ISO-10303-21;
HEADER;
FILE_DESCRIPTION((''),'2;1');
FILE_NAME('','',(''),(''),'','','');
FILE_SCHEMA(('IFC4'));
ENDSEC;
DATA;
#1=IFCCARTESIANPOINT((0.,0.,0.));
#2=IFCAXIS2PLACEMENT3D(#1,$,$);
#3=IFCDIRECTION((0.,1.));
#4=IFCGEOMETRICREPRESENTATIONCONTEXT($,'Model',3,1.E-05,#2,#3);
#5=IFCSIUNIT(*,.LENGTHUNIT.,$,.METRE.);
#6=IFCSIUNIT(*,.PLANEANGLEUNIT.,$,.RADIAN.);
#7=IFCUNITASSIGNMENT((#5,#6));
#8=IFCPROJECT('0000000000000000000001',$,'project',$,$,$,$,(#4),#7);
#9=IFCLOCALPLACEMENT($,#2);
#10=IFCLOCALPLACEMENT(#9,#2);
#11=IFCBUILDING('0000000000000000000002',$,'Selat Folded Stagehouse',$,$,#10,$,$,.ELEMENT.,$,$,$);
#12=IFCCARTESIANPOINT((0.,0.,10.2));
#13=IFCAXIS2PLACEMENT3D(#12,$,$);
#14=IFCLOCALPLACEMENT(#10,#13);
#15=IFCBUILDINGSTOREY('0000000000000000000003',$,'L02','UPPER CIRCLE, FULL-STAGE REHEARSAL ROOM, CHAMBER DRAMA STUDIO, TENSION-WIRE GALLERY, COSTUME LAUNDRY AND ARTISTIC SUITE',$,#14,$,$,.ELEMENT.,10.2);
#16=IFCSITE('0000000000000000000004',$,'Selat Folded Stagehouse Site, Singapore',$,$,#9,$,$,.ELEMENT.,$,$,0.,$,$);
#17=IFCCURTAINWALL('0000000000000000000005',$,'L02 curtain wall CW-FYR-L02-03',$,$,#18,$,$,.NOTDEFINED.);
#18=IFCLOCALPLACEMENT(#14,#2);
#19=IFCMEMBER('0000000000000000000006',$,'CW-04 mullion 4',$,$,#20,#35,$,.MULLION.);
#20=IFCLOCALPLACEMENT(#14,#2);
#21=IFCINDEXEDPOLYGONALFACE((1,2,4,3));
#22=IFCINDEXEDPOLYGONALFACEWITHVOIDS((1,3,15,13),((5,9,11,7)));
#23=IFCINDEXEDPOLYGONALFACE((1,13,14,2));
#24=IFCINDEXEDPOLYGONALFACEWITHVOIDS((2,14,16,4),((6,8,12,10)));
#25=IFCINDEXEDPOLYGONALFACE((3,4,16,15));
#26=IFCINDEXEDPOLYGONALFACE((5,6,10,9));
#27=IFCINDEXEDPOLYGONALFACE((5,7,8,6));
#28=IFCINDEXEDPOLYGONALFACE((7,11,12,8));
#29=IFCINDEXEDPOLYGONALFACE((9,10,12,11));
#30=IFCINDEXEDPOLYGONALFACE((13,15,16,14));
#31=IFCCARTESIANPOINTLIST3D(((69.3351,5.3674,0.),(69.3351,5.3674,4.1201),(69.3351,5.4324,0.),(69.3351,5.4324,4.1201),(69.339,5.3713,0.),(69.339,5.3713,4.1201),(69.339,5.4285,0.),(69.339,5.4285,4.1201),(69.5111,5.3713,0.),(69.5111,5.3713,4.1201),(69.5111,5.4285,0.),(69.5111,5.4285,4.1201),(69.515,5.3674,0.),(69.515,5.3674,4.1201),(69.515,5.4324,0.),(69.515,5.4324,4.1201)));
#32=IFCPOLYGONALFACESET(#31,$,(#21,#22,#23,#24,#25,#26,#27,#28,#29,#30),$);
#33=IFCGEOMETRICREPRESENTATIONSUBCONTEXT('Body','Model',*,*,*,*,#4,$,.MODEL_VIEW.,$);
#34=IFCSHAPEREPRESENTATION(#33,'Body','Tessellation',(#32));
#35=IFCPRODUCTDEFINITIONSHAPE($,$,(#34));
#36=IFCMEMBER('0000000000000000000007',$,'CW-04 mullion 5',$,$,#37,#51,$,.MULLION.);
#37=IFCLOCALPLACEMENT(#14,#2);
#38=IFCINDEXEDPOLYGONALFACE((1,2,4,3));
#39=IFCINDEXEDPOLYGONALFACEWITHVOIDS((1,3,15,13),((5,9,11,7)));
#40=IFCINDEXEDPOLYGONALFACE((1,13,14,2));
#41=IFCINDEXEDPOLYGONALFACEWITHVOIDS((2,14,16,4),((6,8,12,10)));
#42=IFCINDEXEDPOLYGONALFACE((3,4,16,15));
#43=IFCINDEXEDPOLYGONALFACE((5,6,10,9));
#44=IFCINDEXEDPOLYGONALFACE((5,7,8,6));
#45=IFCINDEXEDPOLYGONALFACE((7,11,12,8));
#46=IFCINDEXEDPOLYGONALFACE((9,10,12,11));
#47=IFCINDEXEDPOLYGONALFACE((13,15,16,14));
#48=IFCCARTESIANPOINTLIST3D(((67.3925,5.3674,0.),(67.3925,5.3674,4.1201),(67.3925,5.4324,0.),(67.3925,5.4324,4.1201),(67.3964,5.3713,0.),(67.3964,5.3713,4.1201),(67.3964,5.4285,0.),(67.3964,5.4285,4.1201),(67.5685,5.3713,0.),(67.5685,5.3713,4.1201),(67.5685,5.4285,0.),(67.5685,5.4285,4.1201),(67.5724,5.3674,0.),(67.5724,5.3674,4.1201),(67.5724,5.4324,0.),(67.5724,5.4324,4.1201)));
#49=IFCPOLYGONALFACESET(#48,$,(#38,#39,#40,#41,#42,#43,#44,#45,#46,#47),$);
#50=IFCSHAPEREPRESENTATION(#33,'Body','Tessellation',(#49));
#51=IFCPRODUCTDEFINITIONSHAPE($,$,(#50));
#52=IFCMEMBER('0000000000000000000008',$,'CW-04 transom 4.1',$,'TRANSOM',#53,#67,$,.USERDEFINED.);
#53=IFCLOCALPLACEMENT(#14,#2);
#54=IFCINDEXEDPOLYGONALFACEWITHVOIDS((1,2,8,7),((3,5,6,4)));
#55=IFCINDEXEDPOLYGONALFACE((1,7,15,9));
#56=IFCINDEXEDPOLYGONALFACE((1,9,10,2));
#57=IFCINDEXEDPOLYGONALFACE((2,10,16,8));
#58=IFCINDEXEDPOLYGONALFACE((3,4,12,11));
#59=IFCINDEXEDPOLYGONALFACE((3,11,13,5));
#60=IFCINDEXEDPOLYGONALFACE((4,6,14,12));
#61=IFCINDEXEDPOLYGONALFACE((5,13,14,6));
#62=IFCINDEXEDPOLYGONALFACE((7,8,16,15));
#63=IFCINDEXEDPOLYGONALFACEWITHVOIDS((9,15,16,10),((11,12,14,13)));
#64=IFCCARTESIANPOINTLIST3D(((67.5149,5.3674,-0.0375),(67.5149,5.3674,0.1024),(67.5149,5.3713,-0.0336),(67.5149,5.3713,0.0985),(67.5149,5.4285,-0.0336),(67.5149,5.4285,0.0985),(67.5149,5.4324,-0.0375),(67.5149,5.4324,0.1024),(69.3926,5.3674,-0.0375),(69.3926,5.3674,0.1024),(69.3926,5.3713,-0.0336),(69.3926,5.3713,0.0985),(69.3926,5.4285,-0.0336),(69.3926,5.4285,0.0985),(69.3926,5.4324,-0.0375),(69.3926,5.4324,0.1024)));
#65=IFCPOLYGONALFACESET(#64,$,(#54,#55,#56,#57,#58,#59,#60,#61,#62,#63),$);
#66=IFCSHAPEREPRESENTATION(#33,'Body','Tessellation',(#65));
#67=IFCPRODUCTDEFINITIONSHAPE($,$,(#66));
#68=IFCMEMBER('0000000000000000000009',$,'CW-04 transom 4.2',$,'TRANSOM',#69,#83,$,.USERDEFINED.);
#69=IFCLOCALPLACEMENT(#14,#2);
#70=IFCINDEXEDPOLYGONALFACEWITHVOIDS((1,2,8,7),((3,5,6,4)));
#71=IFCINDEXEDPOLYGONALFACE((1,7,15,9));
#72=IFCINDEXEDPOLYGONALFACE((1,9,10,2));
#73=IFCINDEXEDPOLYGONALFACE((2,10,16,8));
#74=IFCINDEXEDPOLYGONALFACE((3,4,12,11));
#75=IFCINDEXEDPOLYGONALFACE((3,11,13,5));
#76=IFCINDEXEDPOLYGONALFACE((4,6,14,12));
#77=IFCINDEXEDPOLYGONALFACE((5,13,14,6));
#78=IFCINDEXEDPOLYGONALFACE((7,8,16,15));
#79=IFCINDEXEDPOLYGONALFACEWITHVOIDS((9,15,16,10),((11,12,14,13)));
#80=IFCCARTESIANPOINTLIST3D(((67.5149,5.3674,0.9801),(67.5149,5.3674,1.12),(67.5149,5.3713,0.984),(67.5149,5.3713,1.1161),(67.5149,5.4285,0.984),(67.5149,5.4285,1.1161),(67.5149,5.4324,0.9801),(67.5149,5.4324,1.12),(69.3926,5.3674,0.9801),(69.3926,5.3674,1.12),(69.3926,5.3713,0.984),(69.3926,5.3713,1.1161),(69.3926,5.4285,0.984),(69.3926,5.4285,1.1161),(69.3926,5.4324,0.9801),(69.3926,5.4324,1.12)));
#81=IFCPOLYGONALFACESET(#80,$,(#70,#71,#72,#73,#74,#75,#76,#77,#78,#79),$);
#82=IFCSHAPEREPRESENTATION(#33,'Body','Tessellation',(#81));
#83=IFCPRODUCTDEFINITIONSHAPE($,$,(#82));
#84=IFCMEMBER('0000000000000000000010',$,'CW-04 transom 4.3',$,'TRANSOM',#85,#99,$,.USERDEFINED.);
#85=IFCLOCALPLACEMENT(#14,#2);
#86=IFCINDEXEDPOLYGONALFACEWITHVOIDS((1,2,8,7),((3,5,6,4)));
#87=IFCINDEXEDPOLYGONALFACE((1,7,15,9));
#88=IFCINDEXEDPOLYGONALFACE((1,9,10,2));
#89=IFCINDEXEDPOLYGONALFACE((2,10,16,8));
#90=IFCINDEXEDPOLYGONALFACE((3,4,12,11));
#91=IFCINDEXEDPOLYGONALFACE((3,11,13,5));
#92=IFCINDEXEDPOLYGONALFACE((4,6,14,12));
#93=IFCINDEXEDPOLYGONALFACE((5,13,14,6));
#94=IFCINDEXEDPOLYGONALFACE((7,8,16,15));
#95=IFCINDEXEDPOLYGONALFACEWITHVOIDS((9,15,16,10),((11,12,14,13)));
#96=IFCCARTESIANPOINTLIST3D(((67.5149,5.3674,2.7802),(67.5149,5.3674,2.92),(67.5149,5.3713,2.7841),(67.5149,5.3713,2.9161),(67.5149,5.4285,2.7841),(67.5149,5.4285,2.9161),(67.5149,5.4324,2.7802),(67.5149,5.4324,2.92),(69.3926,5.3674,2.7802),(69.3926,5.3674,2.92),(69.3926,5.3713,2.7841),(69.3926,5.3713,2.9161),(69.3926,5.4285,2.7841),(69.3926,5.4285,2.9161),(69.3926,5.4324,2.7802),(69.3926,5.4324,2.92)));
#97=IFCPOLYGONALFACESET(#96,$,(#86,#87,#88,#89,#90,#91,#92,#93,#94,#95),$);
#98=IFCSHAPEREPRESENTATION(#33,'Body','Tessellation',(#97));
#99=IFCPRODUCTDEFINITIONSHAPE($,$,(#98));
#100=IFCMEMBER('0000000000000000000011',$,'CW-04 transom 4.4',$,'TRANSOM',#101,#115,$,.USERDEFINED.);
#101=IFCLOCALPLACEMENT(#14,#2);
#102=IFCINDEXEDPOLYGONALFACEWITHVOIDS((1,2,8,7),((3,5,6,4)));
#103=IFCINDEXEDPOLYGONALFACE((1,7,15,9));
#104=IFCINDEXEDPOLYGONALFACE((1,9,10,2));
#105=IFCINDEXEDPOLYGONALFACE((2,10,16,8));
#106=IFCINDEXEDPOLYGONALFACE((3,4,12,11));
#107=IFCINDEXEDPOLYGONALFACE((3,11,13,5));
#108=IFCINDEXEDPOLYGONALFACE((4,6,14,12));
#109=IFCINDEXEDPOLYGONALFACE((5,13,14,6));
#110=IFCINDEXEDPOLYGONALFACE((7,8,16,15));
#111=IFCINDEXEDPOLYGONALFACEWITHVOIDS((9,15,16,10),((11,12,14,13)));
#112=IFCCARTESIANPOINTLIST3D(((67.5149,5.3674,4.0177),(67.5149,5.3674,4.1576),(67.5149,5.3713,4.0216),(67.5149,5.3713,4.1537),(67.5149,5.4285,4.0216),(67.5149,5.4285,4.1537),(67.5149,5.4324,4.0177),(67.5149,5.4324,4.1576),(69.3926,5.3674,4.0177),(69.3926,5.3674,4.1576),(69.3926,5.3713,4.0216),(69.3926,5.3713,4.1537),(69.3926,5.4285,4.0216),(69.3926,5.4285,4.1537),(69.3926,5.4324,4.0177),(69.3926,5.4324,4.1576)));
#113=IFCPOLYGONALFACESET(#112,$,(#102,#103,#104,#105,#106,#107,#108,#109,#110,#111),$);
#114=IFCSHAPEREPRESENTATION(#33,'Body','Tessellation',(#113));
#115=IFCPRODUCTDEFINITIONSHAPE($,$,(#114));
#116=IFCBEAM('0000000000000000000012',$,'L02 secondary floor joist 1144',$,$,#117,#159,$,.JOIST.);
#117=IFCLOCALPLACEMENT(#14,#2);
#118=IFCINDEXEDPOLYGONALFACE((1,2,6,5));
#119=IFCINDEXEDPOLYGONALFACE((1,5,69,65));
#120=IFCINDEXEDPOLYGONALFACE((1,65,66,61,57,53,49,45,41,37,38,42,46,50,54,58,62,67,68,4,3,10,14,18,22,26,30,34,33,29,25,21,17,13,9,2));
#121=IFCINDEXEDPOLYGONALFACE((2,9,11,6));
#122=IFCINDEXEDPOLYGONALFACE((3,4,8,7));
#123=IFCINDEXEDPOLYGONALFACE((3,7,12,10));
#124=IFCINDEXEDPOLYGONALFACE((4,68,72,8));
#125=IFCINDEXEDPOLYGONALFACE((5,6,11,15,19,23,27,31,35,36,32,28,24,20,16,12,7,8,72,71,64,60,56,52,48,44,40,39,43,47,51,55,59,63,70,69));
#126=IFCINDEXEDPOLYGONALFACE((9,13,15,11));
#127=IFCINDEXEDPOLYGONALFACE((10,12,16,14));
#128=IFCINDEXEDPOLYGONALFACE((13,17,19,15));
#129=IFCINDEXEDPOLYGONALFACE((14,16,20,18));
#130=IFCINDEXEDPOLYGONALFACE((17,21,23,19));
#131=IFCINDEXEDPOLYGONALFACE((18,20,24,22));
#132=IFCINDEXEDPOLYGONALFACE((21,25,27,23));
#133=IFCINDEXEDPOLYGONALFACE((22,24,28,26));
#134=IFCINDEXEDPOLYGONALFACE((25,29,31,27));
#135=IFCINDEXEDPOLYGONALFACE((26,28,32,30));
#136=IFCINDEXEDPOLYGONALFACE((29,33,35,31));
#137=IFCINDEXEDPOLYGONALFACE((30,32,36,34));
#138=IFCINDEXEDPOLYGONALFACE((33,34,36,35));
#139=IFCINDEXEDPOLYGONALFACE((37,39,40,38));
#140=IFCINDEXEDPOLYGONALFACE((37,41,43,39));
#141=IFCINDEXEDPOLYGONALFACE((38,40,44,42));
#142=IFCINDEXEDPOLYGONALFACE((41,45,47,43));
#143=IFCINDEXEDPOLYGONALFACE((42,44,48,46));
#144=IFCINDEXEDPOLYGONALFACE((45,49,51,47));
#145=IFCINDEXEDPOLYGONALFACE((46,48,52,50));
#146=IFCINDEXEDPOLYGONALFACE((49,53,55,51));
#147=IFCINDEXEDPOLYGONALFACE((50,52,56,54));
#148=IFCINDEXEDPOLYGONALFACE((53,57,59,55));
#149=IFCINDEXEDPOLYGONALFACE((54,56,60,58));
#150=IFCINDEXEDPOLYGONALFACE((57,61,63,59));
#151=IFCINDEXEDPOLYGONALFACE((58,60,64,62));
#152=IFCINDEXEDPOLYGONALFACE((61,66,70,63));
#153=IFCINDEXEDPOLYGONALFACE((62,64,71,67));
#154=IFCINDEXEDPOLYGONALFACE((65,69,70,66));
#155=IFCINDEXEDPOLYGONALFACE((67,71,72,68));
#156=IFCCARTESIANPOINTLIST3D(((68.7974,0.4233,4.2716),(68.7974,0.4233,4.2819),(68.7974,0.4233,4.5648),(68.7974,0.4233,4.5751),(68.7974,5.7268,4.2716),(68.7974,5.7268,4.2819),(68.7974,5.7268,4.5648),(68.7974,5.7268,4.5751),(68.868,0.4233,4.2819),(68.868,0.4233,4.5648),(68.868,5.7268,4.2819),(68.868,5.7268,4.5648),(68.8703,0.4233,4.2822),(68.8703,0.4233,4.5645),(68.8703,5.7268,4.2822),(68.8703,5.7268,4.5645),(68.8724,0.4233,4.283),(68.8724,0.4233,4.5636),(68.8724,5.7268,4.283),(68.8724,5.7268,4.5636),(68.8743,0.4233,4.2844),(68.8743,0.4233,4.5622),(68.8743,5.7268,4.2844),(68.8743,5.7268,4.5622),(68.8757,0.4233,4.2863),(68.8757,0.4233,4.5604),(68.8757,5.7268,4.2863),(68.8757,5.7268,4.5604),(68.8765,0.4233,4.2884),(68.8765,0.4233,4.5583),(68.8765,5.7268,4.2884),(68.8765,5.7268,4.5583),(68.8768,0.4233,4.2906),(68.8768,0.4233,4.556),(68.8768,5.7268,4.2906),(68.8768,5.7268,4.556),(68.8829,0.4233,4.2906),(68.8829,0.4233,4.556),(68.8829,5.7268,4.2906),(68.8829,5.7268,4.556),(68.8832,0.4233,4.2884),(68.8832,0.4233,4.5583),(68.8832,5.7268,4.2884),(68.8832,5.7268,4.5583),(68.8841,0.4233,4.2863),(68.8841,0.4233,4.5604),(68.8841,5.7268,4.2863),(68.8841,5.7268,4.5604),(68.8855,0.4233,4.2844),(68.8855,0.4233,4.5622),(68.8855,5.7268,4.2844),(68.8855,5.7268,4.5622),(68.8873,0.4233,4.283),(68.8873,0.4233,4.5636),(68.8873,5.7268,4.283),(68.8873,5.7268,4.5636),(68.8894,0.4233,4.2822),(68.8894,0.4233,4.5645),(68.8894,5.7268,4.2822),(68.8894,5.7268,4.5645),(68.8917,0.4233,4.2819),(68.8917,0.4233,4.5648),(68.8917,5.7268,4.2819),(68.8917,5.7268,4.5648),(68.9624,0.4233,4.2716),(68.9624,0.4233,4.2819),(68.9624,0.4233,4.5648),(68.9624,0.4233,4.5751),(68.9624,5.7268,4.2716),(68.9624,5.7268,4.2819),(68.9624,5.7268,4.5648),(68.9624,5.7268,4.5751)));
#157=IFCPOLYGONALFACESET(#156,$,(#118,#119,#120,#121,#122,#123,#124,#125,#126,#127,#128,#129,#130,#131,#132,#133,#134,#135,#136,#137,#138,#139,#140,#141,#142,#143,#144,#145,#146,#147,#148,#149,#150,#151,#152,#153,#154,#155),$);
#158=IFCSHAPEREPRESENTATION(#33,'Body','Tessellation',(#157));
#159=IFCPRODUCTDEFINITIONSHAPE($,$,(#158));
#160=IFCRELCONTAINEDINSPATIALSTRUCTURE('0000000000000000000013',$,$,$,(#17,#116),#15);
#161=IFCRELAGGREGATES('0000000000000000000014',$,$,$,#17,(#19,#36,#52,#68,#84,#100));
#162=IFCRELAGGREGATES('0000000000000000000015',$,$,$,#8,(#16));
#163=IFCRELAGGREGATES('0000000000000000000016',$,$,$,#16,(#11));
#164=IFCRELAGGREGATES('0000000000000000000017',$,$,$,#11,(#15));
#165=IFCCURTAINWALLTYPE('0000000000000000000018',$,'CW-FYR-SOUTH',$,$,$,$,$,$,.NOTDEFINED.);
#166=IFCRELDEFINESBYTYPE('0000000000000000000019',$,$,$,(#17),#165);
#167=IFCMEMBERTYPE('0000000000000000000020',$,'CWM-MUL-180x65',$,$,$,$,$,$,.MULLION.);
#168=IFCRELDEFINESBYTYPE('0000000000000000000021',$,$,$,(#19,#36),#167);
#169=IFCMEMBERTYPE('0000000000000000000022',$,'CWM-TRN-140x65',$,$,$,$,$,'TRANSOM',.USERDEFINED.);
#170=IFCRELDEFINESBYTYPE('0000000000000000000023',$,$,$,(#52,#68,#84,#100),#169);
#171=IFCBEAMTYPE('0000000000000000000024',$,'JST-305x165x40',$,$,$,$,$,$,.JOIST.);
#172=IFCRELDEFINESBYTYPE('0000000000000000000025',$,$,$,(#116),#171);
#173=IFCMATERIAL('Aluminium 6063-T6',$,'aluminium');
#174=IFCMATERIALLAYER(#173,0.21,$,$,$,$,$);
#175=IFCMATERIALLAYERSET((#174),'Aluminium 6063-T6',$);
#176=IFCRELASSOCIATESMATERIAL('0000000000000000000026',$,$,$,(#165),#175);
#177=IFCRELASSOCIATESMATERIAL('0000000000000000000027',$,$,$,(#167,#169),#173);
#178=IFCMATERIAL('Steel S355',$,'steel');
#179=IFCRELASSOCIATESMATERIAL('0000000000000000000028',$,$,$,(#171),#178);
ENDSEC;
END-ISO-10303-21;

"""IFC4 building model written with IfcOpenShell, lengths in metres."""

from ifc_helpers import new_model, si_unit, direction, frame, origin, origin_2d, place, context, subcontext, project, spatial, hollow_rectangle, i_section, extrude, material, layer, layer_set, material_profile, profile_set, type_object, element, aggregate, save


model = new_model("IFC4")

# Units and contexts
model_context = context("Model", 3, precision=1e-05, world=origin(), true_north=direction((0.0, 1.0)))
body_context = subcontext(model_context, "Body", "Model", "MODEL_VIEW")
ifc_project = project(units=[si_unit("LENGTHUNIT", "METRE"), si_unit("PLANEANGLEUNIT", "RADIAN")], contexts=[model_context])

# Site, building, storey
site_placement = place(None, origin())
site = spatial("IfcSite", under=ifc_project, at=site_placement, Name="Selat Folded Stagehouse Site, Singapore", CompositionType="ELEMENT", RefElevation=0.0)
building_placement = place(site_placement, origin())
building = spatial("IfcBuilding", under=site, at=building_placement, Name="Selat Folded Stagehouse", CompositionType="ELEMENT")
storey_placement = place(building_placement, frame((0.0, 0.0, 10.2)))
storey = spatial("IfcBuildingStorey", under=building, at=storey_placement, Name="L02", Description="UPPER CIRCLE, FULL-STAGE REHEARSAL ROOM, CHAMBER DRAMA STUDIO, TENSION-WIRE GALLERY, COSTUME LAUNDRY AND ARTISTIC SUITE", CompositionType="ELEMENT", Elevation=10.2)

# Shared definitions
ifc_material_1 = material(Name="Steel S355", Category="steel")

# Curtain wall, members
ifc_material_2 = material(Name="Aluminium 6063-T6", Category="aluminium")
ifc_layer_1 = layer(ifc_material_2, 0.21)
ifc_layer_set_1 = layer_set([ifc_layer_1], Name="Aluminium 6063-T6")
curtain_wall_type = type_object("IfcCurtainWallType", Name="CW-FYR-SOUTH", PredefinedType="NOTDEFINED", material=ifc_layer_set_1)
curtain_wall_placement = place(storey_placement, origin())
curtain_wall = element("IfcCurtainWall", 1, at=curtain_wall_placement, inside=storey, type_object=curtain_wall_type, Name="L02 curtain wall CW-FYR-L02-03", PredefinedType="NOTDEFINED")
ifc_material_profile_1 = material_profile(ifc_material_2, hollow_rectangle(XDim=0.0649, YDim=0.1799, WallThickness=0.0039, at=origin_2d()), Name="ALU 180x65x4.0")
ifc_profile_set_1 = profile_set([ifc_material_profile_1], Name="Aluminium 6063-T6")
member_type_1 = type_object("IfcMemberType", Name="CWM-MUL-180x65", PredefinedType="MULLION", material=ifc_profile_set_1)
member_1_placement = place(storey_placement, frame((69.425, 5.3999, 0.0), z_axis=(0.0, 0.0, 1.0), x_axis=(0.0, -1.0, 0.0)))
member_1 = element("IfcMember", 2, at=member_1_placement, type_object=member_type_1, Name="CW-04 mullion 4", PredefinedType="MULLION", context=body_context, shape_type="SweptSolid", body=[
    extrude(hollow_rectangle(XDim=0.0649, YDim=0.1799, WallThickness=0.0039, at=origin_2d()), origin(), (0.0, 0.0, 1.0), 4.1201),
])
member_2_placement = place(storey_placement, frame((67.4824, 5.3999, 0.0), z_axis=(0.0, 0.0, 1.0), x_axis=(0.0, -1.0, 0.0)))
member_2 = element("IfcMember", 3, at=member_2_placement, type_object=member_type_1, Name="CW-04 mullion 5", PredefinedType="MULLION", context=body_context, shape_type="SweptSolid", body=[
    extrude(hollow_rectangle(XDim=0.0649, YDim=0.1799, WallThickness=0.0039, at=origin_2d()), origin(), (0.0, 0.0, 1.0), 4.1201),
])
ifc_material_profile_2 = material_profile(ifc_material_2, hollow_rectangle(XDim=0.0649, YDim=0.1399, WallThickness=0.0039, at=origin_2d()), Name="ALU 140x65x4.0")
ifc_profile_set_2 = profile_set([ifc_material_profile_2], Name="Aluminium 6063-T6")
member_type_2 = type_object("IfcMemberType", Name="CWM-TRN-140x65", ElementType="TRANSOM", PredefinedType="USERDEFINED", material=ifc_profile_set_2)
member_3_placement = place(storey_placement, frame((69.3926, 5.3999, 0.0325), z_axis=(-1.0, 0.0, 0.0), x_axis=(0.0, -1.0, 0.0)))
member_3 = element("IfcMember", 4, at=member_3_placement, type_object=member_type_2, Name="CW-04 transom 4.1", ObjectType="TRANSOM", PredefinedType="USERDEFINED", context=body_context, shape_type="SweptSolid", body=[
    extrude(hollow_rectangle(XDim=0.0649, YDim=0.1399, WallThickness=0.0039, at=origin_2d()), origin(), (0.0, 0.0, 1.0), 1.8777),
])
member_4_placement = place(storey_placement, frame((69.3926, 5.3999, 1.05), z_axis=(-1.0, 0.0, 0.0), x_axis=(0.0, -1.0, 0.0)))
member_4 = element("IfcMember", 5, at=member_4_placement, type_object=member_type_2, Name="CW-04 transom 4.2", ObjectType="TRANSOM", PredefinedType="USERDEFINED", context=body_context, shape_type="SweptSolid", body=[
    extrude(hollow_rectangle(XDim=0.0649, YDim=0.1399, WallThickness=0.0039, at=origin_2d()), origin(), (0.0, 0.0, 1.0), 1.8777),
])
member_5_placement = place(storey_placement, frame((69.3926, 5.3999, 2.8501), z_axis=(-1.0, 0.0, 0.0), x_axis=(0.0, -1.0, 0.0)))
member_5 = element("IfcMember", 6, at=member_5_placement, type_object=member_type_2, Name="CW-04 transom 4.3", ObjectType="TRANSOM", PredefinedType="USERDEFINED", context=body_context, shape_type="SweptSolid", body=[
    extrude(hollow_rectangle(XDim=0.0649, YDim=0.1399, WallThickness=0.0039, at=origin_2d()), origin(), (0.0, 0.0, 1.0), 1.8777),
])
member_6_placement = place(storey_placement, frame((69.3926, 5.3999, 4.0876), z_axis=(-1.0, 0.0, 0.0), x_axis=(0.0, -1.0, 0.0)))
member_6 = element("IfcMember", 7, at=member_6_placement, type_object=member_type_2, Name="CW-04 transom 4.4", ObjectType="TRANSOM", PredefinedType="USERDEFINED", context=body_context, shape_type="SweptSolid", body=[
    extrude(hollow_rectangle(XDim=0.0649, YDim=0.1399, WallThickness=0.0039, at=origin_2d()), origin(), (0.0, 0.0, 1.0), 1.8777),
])

# Beam
ifc_material_profile_3 = material_profile(ifc_material_1, i_section(OverallWidth=0.165, OverallDepth=0.3035, WebThickness=0.0061, FlangeThickness=0.0103, FilletRadius=0.0088, at=origin_2d()), Name="UKB 305x165x40")
ifc_profile_set_3 = profile_set([ifc_material_profile_3], Name="Steel S355")
beam_type_1 = type_object("IfcBeamType", Name="JST-305x165x40", PredefinedType="JOIST", material=ifc_profile_set_3)
for number, where, z_axis, x_axis, name in (
    (8, (68.8799, 0.4233, 4.4233), (0.0, 1.0, 0.0), (-1.0, 0.0, 0.0), "L02 secondary floor joist 1144"),
):
    element("IfcBeam", number, at=place(storey_placement, frame(where, z_axis=z_axis, x_axis=x_axis)), inside=storey, type_object=beam_type_1, Name=name, PredefinedType="JOIST", context=body_context, shape_type="SweptSolid", body=[
        extrude(i_section(OverallWidth=0.165, OverallDepth=0.3035, WebThickness=0.0061, FlangeThickness=0.0103, FilletRadius=0.0088, at=origin_2d()), origin(), (0.0, 0.0, 1.0), 5.3035),
    ])

aggregate(curtain_wall, [member_1, member_2, member_3, member_4, member_5, member_6])

save(model, "model.ifc")
